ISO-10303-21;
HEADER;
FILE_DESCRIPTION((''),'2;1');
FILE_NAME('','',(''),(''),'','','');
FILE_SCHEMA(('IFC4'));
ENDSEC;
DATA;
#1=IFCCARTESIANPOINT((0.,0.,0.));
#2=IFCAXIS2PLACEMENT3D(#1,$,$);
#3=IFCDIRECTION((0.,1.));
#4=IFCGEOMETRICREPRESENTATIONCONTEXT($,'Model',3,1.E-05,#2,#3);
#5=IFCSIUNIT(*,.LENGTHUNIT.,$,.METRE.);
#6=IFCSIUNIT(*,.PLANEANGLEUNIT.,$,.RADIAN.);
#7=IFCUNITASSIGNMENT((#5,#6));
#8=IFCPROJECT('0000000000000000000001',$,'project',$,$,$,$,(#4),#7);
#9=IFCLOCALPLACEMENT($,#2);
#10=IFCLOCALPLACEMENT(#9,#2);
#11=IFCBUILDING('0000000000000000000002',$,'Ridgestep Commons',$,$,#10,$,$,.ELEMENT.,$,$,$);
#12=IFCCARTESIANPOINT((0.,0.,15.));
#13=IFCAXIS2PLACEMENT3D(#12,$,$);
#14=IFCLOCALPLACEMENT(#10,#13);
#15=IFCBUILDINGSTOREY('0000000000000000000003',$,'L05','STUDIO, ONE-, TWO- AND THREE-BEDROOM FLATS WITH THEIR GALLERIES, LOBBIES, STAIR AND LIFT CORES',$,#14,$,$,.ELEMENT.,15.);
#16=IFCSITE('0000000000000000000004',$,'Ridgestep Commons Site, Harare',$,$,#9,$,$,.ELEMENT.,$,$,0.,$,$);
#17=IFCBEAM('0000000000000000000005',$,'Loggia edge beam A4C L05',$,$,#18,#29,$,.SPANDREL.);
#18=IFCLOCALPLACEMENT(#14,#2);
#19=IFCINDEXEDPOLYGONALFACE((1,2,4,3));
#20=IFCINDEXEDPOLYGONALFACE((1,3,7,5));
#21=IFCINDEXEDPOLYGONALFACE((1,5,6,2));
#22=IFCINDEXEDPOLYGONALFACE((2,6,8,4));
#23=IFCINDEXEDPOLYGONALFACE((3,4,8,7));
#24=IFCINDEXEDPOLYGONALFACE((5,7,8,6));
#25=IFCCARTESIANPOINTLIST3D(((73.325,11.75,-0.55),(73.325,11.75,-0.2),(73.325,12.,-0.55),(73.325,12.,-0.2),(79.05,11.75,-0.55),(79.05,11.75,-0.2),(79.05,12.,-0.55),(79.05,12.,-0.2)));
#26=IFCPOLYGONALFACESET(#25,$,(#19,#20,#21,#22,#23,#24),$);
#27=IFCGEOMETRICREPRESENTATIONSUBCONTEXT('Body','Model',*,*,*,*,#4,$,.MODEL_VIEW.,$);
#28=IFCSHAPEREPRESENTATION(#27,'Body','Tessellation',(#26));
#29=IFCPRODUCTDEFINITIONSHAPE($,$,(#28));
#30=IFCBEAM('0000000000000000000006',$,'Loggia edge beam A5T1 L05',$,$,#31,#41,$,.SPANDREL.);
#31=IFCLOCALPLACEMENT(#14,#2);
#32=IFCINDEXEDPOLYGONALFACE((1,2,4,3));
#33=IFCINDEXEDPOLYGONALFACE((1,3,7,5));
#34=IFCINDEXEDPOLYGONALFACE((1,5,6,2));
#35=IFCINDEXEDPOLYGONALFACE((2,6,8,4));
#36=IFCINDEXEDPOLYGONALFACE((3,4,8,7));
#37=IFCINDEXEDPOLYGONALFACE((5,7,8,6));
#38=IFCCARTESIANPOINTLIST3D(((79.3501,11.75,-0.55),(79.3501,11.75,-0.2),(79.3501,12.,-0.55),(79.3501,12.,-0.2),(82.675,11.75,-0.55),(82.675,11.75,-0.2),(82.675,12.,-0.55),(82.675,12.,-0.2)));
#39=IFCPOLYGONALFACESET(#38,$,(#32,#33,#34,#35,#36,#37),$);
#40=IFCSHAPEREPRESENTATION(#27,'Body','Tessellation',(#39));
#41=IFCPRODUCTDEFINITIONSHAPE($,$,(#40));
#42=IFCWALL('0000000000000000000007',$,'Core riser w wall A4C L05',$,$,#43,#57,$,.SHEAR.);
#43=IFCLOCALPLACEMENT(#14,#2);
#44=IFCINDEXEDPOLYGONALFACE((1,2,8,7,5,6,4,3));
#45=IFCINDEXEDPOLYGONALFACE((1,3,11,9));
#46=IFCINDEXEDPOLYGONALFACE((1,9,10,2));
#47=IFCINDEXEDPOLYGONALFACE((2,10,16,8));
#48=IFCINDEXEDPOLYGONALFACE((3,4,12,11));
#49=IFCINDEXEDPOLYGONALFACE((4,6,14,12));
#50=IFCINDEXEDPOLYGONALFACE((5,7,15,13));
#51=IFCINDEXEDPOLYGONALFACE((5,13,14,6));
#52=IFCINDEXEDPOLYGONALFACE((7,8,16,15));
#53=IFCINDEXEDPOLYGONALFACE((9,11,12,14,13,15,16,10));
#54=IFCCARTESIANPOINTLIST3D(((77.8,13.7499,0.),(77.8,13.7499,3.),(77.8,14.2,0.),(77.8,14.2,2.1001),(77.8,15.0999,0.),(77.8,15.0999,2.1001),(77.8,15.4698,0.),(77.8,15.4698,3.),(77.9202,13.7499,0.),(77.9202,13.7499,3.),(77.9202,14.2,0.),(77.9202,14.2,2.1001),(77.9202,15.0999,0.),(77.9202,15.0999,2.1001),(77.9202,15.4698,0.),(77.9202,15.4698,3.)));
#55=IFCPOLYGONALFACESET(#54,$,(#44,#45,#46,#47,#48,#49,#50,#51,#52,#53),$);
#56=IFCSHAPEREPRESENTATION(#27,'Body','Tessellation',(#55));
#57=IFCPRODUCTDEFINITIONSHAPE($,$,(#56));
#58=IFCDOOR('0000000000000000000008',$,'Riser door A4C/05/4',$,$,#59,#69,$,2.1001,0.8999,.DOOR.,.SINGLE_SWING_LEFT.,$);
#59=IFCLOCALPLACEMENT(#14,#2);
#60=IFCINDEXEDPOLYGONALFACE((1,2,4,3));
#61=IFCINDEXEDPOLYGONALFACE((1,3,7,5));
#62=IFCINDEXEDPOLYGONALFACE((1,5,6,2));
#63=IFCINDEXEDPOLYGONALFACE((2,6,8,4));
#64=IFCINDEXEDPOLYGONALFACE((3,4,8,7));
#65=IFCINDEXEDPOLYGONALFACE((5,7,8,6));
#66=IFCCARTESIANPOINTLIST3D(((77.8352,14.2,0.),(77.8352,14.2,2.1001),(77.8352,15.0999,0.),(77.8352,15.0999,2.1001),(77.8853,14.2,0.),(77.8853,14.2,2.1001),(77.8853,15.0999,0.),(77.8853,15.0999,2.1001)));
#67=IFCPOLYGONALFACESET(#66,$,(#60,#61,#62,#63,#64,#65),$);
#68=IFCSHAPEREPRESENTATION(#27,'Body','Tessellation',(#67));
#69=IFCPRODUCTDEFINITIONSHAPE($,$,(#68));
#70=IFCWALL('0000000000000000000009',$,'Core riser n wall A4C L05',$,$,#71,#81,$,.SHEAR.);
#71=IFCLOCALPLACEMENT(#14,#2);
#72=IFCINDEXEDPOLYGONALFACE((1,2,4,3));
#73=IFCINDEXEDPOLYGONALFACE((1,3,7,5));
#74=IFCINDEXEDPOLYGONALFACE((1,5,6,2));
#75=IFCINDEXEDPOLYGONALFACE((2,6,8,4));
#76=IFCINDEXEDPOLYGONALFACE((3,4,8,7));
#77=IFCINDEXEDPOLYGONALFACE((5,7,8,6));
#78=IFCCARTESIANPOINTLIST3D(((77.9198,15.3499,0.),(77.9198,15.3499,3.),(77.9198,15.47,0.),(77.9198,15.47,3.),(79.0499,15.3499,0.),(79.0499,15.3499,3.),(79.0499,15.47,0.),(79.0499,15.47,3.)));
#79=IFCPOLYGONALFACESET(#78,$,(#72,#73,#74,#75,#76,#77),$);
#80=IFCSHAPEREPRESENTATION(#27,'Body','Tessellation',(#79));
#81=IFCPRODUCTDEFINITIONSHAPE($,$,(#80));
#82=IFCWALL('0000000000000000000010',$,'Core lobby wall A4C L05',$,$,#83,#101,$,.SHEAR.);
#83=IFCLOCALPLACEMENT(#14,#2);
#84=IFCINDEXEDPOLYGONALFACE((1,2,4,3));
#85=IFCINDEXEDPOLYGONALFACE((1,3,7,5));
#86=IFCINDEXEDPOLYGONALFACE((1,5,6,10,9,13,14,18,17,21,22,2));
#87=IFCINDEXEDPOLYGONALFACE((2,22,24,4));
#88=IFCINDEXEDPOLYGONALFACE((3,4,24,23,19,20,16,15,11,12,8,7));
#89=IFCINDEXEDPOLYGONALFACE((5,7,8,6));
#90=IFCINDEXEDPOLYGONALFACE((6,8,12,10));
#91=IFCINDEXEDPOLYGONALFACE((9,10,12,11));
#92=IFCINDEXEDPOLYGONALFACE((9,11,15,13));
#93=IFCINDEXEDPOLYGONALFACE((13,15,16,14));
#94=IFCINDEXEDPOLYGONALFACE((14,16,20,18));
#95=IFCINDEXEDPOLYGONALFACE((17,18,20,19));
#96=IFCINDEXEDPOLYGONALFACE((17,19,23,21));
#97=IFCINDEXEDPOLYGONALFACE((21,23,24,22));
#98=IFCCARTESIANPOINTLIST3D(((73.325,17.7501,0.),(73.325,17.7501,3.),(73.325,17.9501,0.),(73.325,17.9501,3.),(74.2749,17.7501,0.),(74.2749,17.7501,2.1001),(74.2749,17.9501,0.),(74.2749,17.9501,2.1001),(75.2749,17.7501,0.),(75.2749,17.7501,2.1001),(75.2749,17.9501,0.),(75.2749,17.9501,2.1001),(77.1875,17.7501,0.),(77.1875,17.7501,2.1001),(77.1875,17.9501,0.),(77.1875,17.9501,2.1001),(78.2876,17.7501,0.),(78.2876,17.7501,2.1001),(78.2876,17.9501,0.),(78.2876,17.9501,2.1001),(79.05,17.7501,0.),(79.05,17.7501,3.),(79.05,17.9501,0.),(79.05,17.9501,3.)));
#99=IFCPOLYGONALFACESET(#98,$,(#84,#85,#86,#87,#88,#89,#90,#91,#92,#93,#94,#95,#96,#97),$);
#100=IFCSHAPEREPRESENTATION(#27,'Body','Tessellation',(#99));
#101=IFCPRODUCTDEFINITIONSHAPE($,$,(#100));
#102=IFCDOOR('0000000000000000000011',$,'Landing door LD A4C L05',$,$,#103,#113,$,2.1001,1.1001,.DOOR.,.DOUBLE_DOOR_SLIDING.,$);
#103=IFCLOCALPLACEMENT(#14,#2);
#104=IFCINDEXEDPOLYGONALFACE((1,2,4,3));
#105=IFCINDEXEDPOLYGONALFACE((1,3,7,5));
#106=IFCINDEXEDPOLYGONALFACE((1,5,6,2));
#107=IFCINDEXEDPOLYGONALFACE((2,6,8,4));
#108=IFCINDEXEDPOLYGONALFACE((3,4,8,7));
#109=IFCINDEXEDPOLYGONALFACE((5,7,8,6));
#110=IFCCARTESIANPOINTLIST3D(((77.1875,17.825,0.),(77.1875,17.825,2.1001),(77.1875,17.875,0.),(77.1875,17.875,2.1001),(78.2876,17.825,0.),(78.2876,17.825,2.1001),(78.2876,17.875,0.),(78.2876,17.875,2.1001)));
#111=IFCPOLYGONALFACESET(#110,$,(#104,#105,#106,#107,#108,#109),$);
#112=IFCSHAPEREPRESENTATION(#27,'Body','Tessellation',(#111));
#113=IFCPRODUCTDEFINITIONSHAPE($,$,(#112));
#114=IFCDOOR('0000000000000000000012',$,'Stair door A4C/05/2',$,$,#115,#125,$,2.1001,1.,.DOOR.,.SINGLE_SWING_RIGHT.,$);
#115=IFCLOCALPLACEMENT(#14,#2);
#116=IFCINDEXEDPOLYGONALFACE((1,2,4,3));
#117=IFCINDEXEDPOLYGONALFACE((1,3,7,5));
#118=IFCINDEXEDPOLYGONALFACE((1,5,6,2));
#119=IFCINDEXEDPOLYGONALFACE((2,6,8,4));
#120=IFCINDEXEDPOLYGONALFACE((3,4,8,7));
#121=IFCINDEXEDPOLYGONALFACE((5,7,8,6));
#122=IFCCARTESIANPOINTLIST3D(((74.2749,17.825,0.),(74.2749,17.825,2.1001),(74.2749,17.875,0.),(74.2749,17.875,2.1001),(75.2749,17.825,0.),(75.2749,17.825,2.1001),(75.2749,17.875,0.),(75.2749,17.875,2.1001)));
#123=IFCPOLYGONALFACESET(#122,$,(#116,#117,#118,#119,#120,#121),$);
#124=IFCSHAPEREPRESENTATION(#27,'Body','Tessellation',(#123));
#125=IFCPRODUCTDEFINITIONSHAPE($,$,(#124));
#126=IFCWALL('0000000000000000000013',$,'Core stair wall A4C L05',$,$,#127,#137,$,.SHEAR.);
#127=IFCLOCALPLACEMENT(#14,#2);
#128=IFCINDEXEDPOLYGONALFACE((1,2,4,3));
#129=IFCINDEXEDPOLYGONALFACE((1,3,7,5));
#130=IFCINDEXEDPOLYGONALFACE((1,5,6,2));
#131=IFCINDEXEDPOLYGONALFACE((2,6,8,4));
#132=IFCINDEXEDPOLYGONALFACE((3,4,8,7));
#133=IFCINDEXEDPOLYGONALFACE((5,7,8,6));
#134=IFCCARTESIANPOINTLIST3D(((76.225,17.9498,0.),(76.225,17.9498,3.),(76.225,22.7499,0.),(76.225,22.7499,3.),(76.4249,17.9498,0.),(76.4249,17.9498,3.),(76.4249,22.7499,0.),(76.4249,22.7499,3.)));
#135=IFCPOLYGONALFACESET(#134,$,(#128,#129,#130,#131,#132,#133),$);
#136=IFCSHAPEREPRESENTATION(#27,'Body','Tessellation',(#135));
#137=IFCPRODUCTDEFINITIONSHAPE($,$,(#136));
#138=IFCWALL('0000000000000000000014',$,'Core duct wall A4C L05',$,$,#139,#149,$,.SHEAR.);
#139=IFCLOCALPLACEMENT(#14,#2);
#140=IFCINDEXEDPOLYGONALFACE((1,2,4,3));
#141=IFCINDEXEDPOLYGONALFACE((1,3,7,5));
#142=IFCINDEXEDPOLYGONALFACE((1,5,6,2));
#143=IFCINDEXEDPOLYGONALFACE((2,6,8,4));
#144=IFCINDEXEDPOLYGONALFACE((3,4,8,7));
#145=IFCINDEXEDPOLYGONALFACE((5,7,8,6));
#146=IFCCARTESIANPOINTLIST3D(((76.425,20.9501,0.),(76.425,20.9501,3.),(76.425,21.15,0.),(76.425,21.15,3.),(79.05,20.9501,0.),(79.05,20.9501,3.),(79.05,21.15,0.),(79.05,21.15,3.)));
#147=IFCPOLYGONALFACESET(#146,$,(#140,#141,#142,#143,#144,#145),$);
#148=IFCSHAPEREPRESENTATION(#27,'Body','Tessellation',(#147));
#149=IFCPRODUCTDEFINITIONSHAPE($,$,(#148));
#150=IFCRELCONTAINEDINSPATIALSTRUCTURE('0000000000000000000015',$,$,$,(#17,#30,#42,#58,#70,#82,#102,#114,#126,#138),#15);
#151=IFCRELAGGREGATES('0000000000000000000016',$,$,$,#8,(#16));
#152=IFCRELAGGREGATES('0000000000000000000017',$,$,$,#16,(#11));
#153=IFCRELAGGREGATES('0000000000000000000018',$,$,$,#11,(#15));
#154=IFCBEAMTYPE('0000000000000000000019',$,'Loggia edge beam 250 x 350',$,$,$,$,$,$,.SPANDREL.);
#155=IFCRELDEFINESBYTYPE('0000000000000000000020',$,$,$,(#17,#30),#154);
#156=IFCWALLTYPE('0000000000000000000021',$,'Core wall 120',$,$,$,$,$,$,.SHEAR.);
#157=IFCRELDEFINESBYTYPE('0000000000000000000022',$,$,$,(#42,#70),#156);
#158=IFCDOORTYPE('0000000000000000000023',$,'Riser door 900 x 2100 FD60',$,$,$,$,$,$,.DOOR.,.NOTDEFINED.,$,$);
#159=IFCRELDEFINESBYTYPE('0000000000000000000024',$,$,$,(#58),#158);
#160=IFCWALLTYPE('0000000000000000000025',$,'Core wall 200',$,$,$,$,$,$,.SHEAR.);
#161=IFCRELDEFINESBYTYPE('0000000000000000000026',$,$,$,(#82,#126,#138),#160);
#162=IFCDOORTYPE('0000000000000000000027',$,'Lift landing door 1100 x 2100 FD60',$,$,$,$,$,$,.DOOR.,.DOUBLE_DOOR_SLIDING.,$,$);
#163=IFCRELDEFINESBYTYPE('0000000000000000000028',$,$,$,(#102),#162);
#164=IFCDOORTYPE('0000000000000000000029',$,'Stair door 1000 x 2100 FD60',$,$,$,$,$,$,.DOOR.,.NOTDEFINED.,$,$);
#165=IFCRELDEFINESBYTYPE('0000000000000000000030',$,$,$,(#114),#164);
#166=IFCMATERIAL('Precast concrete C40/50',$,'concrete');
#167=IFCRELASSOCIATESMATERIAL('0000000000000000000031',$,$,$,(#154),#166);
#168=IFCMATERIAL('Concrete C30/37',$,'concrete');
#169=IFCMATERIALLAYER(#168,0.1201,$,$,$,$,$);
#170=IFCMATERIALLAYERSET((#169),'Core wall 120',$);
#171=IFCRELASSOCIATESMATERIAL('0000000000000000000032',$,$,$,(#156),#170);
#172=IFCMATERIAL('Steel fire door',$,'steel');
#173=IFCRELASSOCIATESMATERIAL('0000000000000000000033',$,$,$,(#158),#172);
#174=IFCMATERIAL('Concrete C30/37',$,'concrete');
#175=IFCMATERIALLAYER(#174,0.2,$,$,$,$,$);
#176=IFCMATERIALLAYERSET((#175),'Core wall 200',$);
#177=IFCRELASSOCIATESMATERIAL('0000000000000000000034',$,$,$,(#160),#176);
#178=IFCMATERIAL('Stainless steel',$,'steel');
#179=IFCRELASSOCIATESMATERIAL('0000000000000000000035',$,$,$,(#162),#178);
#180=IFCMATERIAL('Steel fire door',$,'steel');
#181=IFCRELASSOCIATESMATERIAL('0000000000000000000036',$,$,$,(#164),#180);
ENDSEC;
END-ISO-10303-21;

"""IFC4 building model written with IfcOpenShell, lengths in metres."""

from ifc_helpers import new_model, si_unit, direction, frame, frame_2d, origin, origin_2d, place, context, subcontext, project, spatial, rectangle, extrude, material, layer, layer_set, material_profile, profile_set, type_object, element, fill, save


model = new_model("IFC4")

# Units and contexts
model_context = context("Model", 3, precision=1e-05, world=origin(), true_north=direction((0.0, 1.0)))
body_context = subcontext(model_context, "Body", "Model", "MODEL_VIEW")
ifc_project = project(units=[si_unit("LENGTHUNIT", "METRE"), si_unit("PLANEANGLEUNIT", "RADIAN")], contexts=[model_context])

# Site, building, storey
site_placement = place(None, origin())
site = spatial("IfcSite", under=ifc_project, at=site_placement, Name="Ridgestep Commons Site, Harare", CompositionType="ELEMENT", RefElevation=0.0)
building_placement = place(site_placement, origin())
building = spatial("IfcBuilding", under=site, at=building_placement, Name="Ridgestep Commons", CompositionType="ELEMENT")
storey_placement = place(building_placement, frame((0.0, 0.0, 15.0)))
storey = spatial("IfcBuildingStorey", under=building, at=storey_placement, Name="L05", Description="STUDIO, ONE-, TWO- AND THREE-BEDROOM FLATS WITH THEIR GALLERIES, LOBBIES, STAIR AND LIFT CORES", CompositionType="ELEMENT", Elevation=15.0)

# Beams
ifc_material_1 = material(Name="Precast concrete C40/50", Category="concrete")
ifc_material_profile = material_profile(ifc_material_1, rectangle(XDim=0.25, YDim=0.3501, at=origin_2d()), Name="PC 250x350")
ifc_profile_set = profile_set([ifc_material_profile], Name="Precast concrete C40/50")
beam_type = type_object("IfcBeamType", Name="Loggia edge beam 250 x 350", PredefinedType="SPANDREL", material=ifc_profile_set)
beam_1_placement = place(storey_placement, frame((73.325, 11.875, -0.375), z_axis=(1.0, 0.0, 0.0), x_axis=(0.0, 1.0, 0.0)))
element("IfcBeam", 1, at=beam_1_placement, inside=storey, type_object=beam_type, Name="Loggia edge beam A4C L05", PredefinedType="SPANDREL", context=body_context, shape_type="SweptSolid", body=[
    extrude(rectangle(XDim=0.25, YDim=0.3501, at=origin_2d()), origin(), (0.0, 0.0, 1.0), 5.7251),
])
beam_2_placement = place(storey_placement, frame((79.3501, 11.875, -0.375), z_axis=(1.0, 0.0, 0.0), x_axis=(0.0, 1.0, 0.0)))
element("IfcBeam", 2, at=beam_2_placement, inside=storey, type_object=beam_type, Name="Loggia edge beam A5T1 L05", PredefinedType="SPANDREL", context=body_context, shape_type="SweptSolid", body=[
    extrude(rectangle(XDim=0.25, YDim=0.3501, at=origin_2d()), origin(), (0.0, 0.0, 1.0), 3.325),
])

# Wall, opening, door
ifc_material_2 = material(Name="Concrete C30/37", Category="concrete")
ifc_layer_1 = layer(ifc_material_2, 0.1201)
ifc_layer_set_1 = layer_set([ifc_layer_1], Name="Core wall 120")
wall_type_1 = type_object("IfcWallType", Name="Core wall 120", PredefinedType="SHEAR", material=ifc_layer_set_1)
wall_1_placement = place(storey_placement, frame((77.8601, 13.75, 0.0), z_axis=(0.0, 0.0, 1.0), x_axis=(0.0, 1.0, 0.0)))
wall_1 = element("IfcWall", 3, at=wall_1_placement, inside=storey, type_object=wall_type_1, Name="Core riser w wall A4C L05", PredefinedType="SHEAR", context=body_context, shape_type="SweptSolid", body=[
    extrude(rectangle(XDim=1.72, YDim=0.1201, at=frame_2d((0.8599, 0.0))), origin(), (0.0, 0.0, 1.0), 3.0),
])
opening_1_placement = place(wall_1_placement, frame((0.45, 0.0, 0.0)))
opening_1 = element("IfcOpeningElement", 4, at=opening_1_placement, cuts=wall_1, PredefinedType="OPENING", context=body_context, shape_type="SweptSolid", body=[
    extrude(rectangle(XDim=0.8999, YDim=2.1001, at=frame_2d((0.45, 1.05))), frame((0.0, 0.0701, 0.0), z_axis=(0.0, -1.0, 0.0), x_axis=(1.0, 0.0, 0.0)), (0.0, 0.0, 1.0), 0.1401),
])
ifc_material_3 = material(Name="Steel fire door", Category="steel")
door_type_1 = type_object("IfcDoorType", Name="Riser door 900 x 2100 FD60", OperationType="NOTDEFINED", PredefinedType="DOOR", material=ifc_material_3)
door_1_placement = place(opening_1_placement, origin())
door_1 = element("IfcDoor", 5, at=door_1_placement, inside=storey, type_object=door_type_1, Name="Riser door A4C/05/4", OperationType="SINGLE_SWING_LEFT", OverallHeight=2.1001, OverallWidth=0.8999, PredefinedType="DOOR", context=body_context, shape_type="SweptSolid", body=[
    extrude(rectangle(XDim=0.8999, YDim=2.1001, at=frame_2d((0.45, 1.05))), frame((0.0, 0.0249, 0.0), z_axis=(0.0, -1.0, 0.0), x_axis=(1.0, 0.0, 0.0)), (0.0, 0.0, 1.0), 0.05),
])
fill(opening_1, door_1)

# Wall
wall_2_placement = place(storey_placement, frame((77.9199, 15.4099, 0.0), z_axis=(0.0, 0.0, 1.0), x_axis=(1.0, 0.0, 0.0)))
element("IfcWall", 6, at=wall_2_placement, inside=storey, type_object=wall_type_1, Name="Core riser n wall A4C L05", PredefinedType="SHEAR", context=body_context, shape_type="SweptSolid", body=[
    extrude(rectangle(XDim=1.1301, YDim=0.1201, at=frame_2d((0.5649, 0.0))), origin(), (0.0, 0.0, 1.0), 3.0),
])

# Wall, openings, doors
ifc_material_4 = material(Name="Concrete C30/37", Category="concrete")
ifc_layer_2 = layer(ifc_material_4, 0.2)
ifc_layer_set_2 = layer_set([ifc_layer_2], Name="Core wall 200")
wall_type_2 = type_object("IfcWallType", Name="Core wall 200", PredefinedType="SHEAR", material=ifc_layer_set_2)
wall_3_placement = place(storey_placement, frame((73.325, 17.8501, 0.0), z_axis=(0.0, 0.0, 1.0), x_axis=(1.0, 0.0, 0.0)))
wall_3 = element("IfcWall", 7, at=wall_3_placement, inside=storey, type_object=wall_type_2, Name="Core lobby wall A4C L05", PredefinedType="SHEAR", context=body_context, shape_type="SweptSolid", body=[
    extrude(rectangle(XDim=5.7251, YDim=0.2, at=frame_2d((2.8625, 0.0))), origin(), (0.0, 0.0, 1.0), 3.0),
])
opening_2_placement = place(wall_3_placement, frame((0.95, 0.0, 0.0)))
opening_2 = element("IfcOpeningElement", 8, at=opening_2_placement, cuts=wall_3, PredefinedType="OPENING", context=body_context, shape_type="SweptSolid", body=[
    extrude(rectangle(XDim=1.0, YDim=2.1001, at=frame_2d((0.5, 1.05))), frame((0.0, 0.1099, 0.0), z_axis=(0.0, -1.0, 0.0), x_axis=(1.0, 0.0, 0.0)), (0.0, 0.0, 1.0), 0.22),
])
opening_3_placement = place(wall_3_placement, frame((3.8625, 0.0, 0.0)))
opening_3 = element("IfcOpeningElement", 9, at=opening_3_placement, cuts=wall_3, PredefinedType="OPENING", context=body_context, shape_type="SweptSolid", body=[
    extrude(rectangle(XDim=1.1001, YDim=2.1001, at=frame_2d((0.55, 1.05))), frame((0.0, 0.1099, 0.0), z_axis=(0.0, -1.0, 0.0), x_axis=(1.0, 0.0, 0.0)), (0.0, 0.0, 1.0), 0.22),
])
ifc_material_5 = material(Name="Stainless steel", Category="steel")
door_type_2 = type_object("IfcDoorType", Name="Lift landing door 1100 x 2100 FD60", OperationType="DOUBLE_DOOR_SLIDING", PredefinedType="DOOR", material=ifc_material_5)
door_2_placement = place(opening_3_placement, origin())
door_2 = element("IfcDoor", 10, at=door_2_placement, inside=storey, type_object=door_type_2, Name="Landing door LD A4C L05", OperationType="DOUBLE_DOOR_SLIDING", OverallHeight=2.1001, OverallWidth=1.1001, PredefinedType="DOOR", context=body_context, shape_type="SweptSolid", body=[
    extrude(rectangle(XDim=1.1001, YDim=2.1001, at=frame_2d((0.55, 1.05))), frame((0.0, 0.0249, 0.0), z_axis=(0.0, -1.0, 0.0), x_axis=(1.0, 0.0, 0.0)), (0.0, 0.0, 1.0), 0.05),
])
fill(opening_3, door_2)
ifc_material_6 = material(Name="Steel fire door", Category="steel")
door_type_3 = type_object("IfcDoorType", Name="Stair door 1000 x 2100 FD60", OperationType="NOTDEFINED", PredefinedType="DOOR", material=ifc_material_6)
door_3_placement = place(opening_2_placement, origin())
door_3 = element("IfcDoor", 11, at=door_3_placement, inside=storey, type_object=door_type_3, Name="Stair door A4C/05/2", OperationType="SINGLE_SWING_RIGHT", OverallHeight=2.1001, OverallWidth=1.0, PredefinedType="DOOR", context=body_context, shape_type="SweptSolid", body=[
    extrude(rectangle(XDim=1.0, YDim=2.1001, at=frame_2d((0.5, 1.05))), frame((0.0, 0.0249, 0.0), z_axis=(0.0, -1.0, 0.0), x_axis=(1.0, 0.0, 0.0)), (0.0, 0.0, 1.0), 0.05),
])
fill(opening_2, door_3)

# Walls
wall_4_placement = place(storey_placement, frame((76.325, 17.95, 0.0), z_axis=(0.0, 0.0, 1.0), x_axis=(0.0, 1.0, 0.0)))
element("IfcWall", 12, at=wall_4_placement, inside=storey, type_object=wall_type_2, Name="Core stair wall A4C L05", PredefinedType="SHEAR", context=body_context, shape_type="SweptSolid", body=[
    extrude(rectangle(XDim=4.8, YDim=0.2, at=frame_2d((2.3999, 0.0))), origin(), (0.0, 0.0, 1.0), 3.0),
])
wall_5_placement = place(storey_placement, frame((76.425, 21.05, 0.0), z_axis=(0.0, 0.0, 1.0), x_axis=(1.0, 0.0, 0.0)))
element("IfcWall", 13, at=wall_5_placement, inside=storey, type_object=wall_type_2, Name="Core duct wall A4C L05", PredefinedType="SHEAR", context=body_context, shape_type="SweptSolid", body=[
    extrude(rectangle(XDim=2.625, YDim=0.2, at=frame_2d((1.3125, 0.0))), origin(), (0.0, 0.0, 1.0), 3.0),
])

save(model, "model.ifc")
